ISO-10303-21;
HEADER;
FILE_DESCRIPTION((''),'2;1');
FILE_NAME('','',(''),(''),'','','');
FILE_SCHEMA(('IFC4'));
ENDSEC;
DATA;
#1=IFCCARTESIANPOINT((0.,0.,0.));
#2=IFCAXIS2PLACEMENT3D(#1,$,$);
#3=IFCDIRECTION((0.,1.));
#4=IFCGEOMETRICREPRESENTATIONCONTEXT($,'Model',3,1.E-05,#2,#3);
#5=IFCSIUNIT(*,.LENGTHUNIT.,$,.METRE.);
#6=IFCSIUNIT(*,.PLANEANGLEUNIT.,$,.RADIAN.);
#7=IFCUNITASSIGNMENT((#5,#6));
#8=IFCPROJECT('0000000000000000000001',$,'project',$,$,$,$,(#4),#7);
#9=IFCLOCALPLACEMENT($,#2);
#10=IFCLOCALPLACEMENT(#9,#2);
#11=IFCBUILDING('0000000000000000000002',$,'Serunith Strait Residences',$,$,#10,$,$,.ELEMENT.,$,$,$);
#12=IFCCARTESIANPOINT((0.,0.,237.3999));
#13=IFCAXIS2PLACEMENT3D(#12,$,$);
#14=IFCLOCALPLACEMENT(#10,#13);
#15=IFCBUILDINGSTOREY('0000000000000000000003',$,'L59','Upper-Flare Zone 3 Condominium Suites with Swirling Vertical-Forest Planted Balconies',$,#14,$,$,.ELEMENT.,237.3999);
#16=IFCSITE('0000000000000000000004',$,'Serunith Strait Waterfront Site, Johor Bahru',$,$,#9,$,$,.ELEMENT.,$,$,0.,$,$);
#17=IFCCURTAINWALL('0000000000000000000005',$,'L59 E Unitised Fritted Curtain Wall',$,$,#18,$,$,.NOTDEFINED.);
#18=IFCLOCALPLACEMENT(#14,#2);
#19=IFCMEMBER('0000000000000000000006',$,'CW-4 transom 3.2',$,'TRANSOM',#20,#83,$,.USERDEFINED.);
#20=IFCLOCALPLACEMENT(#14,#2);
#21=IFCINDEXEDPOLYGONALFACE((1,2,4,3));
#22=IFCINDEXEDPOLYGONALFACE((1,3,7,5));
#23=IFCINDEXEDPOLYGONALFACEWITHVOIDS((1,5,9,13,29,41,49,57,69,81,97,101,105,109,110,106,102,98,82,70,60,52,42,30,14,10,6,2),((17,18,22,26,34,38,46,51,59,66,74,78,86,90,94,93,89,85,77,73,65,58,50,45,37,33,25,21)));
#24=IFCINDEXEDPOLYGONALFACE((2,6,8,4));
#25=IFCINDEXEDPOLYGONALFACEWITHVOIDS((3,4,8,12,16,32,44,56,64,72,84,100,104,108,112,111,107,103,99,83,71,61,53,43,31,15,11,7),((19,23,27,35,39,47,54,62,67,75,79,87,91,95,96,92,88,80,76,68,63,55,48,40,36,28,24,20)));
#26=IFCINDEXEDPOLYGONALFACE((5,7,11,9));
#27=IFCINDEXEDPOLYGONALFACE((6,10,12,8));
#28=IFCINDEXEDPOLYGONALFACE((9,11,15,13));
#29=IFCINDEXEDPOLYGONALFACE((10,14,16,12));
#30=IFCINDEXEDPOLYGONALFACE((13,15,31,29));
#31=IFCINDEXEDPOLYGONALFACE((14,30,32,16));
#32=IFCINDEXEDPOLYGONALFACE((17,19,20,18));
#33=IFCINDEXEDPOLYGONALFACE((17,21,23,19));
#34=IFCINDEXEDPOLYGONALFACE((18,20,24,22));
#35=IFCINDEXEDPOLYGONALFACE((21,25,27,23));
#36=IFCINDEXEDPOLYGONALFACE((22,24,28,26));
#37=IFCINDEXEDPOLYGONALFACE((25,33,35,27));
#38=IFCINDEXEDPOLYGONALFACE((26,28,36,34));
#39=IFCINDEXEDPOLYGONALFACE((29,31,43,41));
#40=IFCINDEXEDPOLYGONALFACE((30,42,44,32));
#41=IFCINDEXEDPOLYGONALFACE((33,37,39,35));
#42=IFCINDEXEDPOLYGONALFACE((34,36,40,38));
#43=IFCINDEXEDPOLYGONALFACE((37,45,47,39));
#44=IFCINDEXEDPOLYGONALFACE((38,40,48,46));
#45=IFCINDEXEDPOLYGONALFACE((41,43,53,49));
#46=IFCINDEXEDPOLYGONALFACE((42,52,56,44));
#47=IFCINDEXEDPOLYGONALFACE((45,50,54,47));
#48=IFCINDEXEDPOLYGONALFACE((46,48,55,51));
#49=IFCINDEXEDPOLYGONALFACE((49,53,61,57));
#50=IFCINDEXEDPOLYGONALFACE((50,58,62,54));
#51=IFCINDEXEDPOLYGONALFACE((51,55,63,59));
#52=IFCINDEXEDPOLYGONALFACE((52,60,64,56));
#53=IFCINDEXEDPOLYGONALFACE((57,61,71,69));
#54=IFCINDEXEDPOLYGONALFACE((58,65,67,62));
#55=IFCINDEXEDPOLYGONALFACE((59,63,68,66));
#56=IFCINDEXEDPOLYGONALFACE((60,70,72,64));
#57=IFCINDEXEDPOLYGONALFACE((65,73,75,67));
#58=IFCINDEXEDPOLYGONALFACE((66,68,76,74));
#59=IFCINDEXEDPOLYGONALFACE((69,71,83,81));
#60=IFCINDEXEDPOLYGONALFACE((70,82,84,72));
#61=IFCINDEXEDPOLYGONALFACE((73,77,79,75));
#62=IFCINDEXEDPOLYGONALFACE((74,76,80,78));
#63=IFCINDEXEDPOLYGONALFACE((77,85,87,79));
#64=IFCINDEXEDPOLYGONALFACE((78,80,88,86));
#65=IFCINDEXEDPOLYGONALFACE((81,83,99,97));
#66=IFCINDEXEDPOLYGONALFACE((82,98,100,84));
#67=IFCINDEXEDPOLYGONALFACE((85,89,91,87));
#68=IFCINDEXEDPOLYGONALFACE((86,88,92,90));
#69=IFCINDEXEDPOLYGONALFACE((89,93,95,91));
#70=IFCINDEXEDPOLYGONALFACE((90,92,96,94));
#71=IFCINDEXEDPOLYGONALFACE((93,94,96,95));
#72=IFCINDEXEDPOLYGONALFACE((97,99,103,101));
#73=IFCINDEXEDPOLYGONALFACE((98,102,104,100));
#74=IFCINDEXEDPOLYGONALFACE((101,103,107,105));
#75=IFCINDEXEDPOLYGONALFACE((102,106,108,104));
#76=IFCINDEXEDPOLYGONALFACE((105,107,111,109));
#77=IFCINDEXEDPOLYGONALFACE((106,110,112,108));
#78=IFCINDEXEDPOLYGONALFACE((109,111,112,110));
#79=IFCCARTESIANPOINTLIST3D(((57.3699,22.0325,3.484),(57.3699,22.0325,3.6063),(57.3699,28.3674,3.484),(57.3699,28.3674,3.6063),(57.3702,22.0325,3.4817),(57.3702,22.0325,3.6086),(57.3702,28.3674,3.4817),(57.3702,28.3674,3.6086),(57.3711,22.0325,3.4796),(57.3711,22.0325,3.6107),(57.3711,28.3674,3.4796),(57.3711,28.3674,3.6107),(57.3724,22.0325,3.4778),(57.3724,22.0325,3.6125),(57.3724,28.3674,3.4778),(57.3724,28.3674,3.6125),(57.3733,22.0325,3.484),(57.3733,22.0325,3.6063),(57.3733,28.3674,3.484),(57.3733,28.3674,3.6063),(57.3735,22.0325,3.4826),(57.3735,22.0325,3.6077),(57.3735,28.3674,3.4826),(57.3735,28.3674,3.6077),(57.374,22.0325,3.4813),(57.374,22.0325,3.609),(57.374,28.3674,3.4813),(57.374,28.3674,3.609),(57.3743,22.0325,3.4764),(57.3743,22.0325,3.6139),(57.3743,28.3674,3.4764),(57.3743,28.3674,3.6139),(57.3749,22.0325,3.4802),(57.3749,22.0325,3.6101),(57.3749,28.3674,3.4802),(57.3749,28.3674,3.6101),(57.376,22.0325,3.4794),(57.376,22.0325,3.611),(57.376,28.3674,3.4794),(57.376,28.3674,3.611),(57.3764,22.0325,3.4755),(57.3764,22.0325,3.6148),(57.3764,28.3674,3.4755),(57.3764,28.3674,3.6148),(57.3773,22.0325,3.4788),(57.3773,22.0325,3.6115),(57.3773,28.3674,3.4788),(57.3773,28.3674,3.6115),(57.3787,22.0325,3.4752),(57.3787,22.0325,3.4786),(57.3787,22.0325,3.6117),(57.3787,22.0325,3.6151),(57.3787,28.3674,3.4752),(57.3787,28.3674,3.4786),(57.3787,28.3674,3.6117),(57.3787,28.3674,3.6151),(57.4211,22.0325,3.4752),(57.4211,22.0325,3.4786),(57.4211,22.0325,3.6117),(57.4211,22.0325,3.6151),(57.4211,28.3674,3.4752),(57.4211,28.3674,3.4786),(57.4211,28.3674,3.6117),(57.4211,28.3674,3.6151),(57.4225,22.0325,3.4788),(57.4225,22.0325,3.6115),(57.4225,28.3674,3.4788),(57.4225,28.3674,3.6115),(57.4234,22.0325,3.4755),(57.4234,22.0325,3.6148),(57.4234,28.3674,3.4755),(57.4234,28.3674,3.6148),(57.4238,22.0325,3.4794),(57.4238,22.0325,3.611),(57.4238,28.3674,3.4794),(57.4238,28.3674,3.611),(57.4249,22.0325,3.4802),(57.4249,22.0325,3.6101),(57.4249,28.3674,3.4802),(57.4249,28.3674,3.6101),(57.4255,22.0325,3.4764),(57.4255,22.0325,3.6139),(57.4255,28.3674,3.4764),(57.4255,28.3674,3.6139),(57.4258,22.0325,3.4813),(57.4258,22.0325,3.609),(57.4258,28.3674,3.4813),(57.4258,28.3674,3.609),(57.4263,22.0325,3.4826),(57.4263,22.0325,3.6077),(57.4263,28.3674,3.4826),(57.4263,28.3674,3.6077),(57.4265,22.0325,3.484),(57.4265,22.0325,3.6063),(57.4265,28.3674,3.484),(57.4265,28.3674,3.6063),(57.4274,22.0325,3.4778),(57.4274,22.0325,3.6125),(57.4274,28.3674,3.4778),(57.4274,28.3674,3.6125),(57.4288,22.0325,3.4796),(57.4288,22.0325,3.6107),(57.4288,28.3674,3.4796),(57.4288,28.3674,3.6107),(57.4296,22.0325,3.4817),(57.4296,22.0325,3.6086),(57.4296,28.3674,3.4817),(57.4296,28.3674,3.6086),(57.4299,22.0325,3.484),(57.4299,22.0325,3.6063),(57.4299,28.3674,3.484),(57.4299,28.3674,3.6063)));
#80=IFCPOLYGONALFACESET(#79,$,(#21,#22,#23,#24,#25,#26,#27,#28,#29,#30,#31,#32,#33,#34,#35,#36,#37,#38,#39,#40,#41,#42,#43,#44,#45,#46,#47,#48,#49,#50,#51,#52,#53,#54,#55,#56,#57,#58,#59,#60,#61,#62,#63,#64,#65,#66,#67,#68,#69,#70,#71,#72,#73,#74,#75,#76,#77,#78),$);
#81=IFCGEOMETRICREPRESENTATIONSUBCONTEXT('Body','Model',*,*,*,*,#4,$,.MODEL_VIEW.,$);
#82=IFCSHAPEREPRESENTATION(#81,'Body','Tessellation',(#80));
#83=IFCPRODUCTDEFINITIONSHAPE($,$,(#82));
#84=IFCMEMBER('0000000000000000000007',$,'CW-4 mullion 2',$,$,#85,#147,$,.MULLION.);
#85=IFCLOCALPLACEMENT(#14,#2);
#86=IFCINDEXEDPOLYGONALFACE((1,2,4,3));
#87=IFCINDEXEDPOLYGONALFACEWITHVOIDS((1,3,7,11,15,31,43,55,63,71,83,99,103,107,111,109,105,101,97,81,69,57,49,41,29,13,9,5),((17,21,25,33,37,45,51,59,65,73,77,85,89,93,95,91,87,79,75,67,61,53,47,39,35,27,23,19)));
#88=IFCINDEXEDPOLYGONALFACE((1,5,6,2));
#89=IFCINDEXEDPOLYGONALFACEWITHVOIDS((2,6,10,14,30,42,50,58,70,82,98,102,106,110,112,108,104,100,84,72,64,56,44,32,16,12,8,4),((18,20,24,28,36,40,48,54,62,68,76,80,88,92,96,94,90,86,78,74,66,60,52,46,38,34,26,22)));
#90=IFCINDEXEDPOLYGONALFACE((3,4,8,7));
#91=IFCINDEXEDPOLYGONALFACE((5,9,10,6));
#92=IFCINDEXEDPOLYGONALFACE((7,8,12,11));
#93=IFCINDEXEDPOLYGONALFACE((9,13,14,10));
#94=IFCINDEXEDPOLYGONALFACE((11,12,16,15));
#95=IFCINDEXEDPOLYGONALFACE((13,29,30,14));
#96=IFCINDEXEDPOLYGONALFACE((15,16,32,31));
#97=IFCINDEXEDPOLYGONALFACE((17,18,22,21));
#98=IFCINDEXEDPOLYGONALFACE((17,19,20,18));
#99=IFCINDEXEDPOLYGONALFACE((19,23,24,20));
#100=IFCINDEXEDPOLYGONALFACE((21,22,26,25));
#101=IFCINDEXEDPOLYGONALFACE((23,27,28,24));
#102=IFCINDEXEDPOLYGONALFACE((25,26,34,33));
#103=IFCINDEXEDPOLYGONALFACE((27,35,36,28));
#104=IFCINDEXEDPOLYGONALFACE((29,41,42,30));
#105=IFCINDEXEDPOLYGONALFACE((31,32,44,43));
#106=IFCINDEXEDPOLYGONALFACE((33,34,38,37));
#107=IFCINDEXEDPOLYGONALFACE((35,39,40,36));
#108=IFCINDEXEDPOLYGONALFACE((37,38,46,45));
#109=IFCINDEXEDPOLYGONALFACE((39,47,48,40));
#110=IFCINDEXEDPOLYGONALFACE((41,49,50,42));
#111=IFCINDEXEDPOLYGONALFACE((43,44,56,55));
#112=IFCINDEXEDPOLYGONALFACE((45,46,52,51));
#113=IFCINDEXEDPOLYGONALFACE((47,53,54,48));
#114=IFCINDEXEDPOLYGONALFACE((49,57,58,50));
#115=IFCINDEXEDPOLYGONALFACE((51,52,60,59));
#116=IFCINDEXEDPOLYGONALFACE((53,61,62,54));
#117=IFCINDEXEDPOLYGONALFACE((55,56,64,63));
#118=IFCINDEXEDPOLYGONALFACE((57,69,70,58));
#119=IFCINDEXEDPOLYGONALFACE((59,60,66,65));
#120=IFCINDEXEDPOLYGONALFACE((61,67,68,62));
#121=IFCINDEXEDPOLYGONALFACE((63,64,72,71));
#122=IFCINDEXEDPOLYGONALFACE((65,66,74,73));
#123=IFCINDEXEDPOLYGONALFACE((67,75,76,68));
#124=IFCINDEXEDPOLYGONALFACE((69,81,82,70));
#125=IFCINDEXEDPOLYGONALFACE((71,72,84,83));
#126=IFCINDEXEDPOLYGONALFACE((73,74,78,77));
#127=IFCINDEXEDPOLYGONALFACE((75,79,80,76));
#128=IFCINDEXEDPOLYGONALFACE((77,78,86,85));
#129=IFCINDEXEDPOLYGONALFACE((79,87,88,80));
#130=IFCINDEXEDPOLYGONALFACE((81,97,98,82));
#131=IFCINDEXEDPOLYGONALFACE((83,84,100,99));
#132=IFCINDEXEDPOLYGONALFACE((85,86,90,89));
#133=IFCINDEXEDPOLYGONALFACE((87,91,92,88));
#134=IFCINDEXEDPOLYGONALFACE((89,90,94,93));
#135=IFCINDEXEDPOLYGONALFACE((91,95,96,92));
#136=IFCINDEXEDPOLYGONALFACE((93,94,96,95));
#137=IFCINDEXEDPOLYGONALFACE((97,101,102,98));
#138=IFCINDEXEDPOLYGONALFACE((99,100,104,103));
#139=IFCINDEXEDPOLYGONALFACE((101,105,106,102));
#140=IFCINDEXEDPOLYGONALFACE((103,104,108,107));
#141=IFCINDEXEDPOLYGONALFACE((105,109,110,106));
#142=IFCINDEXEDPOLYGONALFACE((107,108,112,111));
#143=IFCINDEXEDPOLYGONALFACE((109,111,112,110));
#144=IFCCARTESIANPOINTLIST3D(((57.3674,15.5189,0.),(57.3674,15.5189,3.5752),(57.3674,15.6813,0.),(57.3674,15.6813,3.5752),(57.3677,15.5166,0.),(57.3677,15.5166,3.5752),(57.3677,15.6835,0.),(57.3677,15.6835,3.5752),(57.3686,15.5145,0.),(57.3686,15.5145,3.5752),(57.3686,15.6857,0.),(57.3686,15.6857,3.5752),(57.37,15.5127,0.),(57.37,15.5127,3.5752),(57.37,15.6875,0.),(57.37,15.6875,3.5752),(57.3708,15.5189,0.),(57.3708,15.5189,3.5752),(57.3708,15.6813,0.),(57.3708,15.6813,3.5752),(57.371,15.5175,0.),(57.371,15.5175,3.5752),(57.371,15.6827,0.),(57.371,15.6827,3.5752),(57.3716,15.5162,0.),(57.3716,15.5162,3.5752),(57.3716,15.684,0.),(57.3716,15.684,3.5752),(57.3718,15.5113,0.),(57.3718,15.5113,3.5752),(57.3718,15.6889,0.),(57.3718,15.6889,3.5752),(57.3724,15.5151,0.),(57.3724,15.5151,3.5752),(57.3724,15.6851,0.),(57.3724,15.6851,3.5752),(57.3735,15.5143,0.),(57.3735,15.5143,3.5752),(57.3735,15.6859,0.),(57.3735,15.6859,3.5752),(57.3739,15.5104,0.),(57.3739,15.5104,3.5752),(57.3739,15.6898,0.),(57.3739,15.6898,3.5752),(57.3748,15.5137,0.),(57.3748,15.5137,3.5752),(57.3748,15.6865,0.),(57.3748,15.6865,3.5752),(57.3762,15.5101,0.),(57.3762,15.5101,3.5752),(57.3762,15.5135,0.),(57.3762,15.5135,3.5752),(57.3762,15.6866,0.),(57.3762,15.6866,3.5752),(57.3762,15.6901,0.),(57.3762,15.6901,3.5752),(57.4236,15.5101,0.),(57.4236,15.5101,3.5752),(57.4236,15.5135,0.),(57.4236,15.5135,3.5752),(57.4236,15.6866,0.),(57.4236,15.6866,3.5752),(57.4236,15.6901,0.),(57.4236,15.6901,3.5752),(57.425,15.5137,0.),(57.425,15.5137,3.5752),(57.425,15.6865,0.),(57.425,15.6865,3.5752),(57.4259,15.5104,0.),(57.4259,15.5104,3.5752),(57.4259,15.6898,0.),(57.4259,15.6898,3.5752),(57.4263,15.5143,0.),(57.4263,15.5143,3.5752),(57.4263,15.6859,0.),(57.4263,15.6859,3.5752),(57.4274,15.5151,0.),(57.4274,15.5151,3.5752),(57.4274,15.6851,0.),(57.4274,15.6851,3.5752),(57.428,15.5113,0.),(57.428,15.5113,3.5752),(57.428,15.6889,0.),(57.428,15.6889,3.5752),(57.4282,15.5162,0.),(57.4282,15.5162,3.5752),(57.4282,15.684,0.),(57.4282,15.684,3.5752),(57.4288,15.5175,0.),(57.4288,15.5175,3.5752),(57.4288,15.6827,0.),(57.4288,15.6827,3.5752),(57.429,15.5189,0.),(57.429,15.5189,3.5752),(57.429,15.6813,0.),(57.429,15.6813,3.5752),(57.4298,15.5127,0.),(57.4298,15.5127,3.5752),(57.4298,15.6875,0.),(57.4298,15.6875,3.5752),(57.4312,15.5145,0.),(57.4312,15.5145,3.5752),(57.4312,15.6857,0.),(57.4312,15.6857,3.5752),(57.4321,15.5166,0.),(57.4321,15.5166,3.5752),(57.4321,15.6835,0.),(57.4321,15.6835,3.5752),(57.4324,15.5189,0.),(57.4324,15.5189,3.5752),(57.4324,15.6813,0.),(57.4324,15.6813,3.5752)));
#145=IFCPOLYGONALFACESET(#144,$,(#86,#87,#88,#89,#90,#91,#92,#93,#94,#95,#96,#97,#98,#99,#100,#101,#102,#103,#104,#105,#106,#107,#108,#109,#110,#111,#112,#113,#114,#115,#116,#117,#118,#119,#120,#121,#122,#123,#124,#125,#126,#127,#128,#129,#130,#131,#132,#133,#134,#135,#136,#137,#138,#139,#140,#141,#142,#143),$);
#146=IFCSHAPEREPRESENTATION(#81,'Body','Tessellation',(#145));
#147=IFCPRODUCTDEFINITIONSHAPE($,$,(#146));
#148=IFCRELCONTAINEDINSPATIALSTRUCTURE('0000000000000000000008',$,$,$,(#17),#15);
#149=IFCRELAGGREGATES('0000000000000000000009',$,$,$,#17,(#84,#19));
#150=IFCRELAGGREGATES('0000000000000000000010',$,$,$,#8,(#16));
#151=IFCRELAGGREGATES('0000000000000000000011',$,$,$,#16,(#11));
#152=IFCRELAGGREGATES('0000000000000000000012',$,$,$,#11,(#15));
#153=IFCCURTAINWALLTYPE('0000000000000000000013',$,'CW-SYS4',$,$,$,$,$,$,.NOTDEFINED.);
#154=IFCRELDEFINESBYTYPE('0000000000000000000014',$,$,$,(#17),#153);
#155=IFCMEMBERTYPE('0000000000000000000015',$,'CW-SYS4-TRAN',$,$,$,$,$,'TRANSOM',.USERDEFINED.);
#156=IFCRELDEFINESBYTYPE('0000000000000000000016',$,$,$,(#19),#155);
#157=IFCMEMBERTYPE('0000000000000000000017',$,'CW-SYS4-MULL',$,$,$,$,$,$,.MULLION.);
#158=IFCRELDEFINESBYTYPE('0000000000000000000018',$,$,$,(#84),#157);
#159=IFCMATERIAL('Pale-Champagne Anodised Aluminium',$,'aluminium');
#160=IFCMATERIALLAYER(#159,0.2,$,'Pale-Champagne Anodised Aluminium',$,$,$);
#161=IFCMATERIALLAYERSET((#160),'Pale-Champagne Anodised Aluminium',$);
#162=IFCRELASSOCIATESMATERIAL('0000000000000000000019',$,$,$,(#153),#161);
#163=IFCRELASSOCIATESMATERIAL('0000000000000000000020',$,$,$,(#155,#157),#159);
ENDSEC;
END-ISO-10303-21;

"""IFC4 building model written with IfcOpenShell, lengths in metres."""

from ifc_helpers import new_model, si_unit, direction, frame, origin, origin_2d, place, context, subcontext, project, spatial, hollow_rectangle, extrude, source, transform, mapped, material, layer, layer_set, material_profile, profile_set, type_object, element, aggregate, save


model = new_model("IFC4")

# Units and contexts
model_context = context("Model", 3, precision=1e-05, world=origin(), true_north=direction((0.0, 1.0)))
body_context = subcontext(model_context, "Body", "Model", "MODEL_VIEW")
ifc_project = project(units=[si_unit("LENGTHUNIT", "METRE"), si_unit("PLANEANGLEUNIT", "RADIAN")], contexts=[model_context])

# Site, building, storey
site_placement = place(None, origin())
site = spatial("IfcSite", under=ifc_project, at=site_placement, Name="Serunith Strait Waterfront Site, Johor Bahru", CompositionType="ELEMENT", RefElevation=0.0)
building_placement = place(site_placement, origin())
building = spatial("IfcBuilding", under=site, at=building_placement, Name="Serunith Strait Residences", CompositionType="ELEMENT")
storey_placement = place(building_placement, frame((0.0, 0.0, 237.3999)))
storey = spatial("IfcBuildingStorey", under=building, at=storey_placement, Name="L59", Description="Upper-Flare Zone 3 Condominium Suites with Swirling Vertical-Forest Planted Balconies", CompositionType="ELEMENT", Elevation=237.3999)

# Curtain wall, members
ifc_material_1 = material(Name="Pale-Champagne Anodised Aluminium", Category="aluminium")
ifc_layer_1 = layer(ifc_material_1, 0.2, Name="Pale-Champagne Anodised Aluminium")
ifc_layer_set_1 = layer_set([ifc_layer_1], Name="Pale-Champagne Anodised Aluminium")
curtain_wall_type = type_object("IfcCurtainWallType", Name="CW-SYS4", PredefinedType="NOTDEFINED", material=ifc_layer_set_1)
curtain_wall_placement = place(storey_placement, origin())
curtain_wall = element("IfcCurtainWall", 1, at=curtain_wall_placement, inside=storey, type_object=curtain_wall_type, Name="L59 E Unitised Fritted Curtain Wall", PredefinedType="NOTDEFINED")
ifc_material_profile_1 = material_profile(ifc_material_1, hollow_rectangle(XDim=0.0601, YDim=0.1399, WallThickness=0.0034, InnerFilletRadius=0.0054, OuterFilletRadius=0.0088, at=origin_2d()), Name="ALU 140x60x3.5")
ifc_profile_set_1 = profile_set([ifc_material_profile_1], Name="Pale-Champagne Anodised Aluminium")
member_type_1 = type_object("IfcMemberType", Name="CW-SYS4-TRAN", ElementType="TRANSOM", PredefinedType="USERDEFINED", material=ifc_profile_set_1)
shared_shape_1 = source(origin(), body_context, "Body", "SweptSolid", [
    extrude(hollow_rectangle(XDim=0.0601, YDim=0.1399, WallThickness=0.0034, InnerFilletRadius=0.0054, OuterFilletRadius=0.0088, at=origin_2d()), origin(), (0.0, 0.0, 1.0), 6.335),
])
member_1_placement = place(storey_placement, frame((57.3999, 22.0325, 3.5452), z_axis=(0.0, 1.0, 0.0), x_axis=(-1.0, 0.0, 0.0)))
member_1 = element("IfcMember", 2, at=member_1_placement, type_object=member_type_1, Name="CW-4 transom 3.2", ObjectType="TRANSOM", PredefinedType="USERDEFINED", context=body_context, shape_type="MappedRepresentation", body=[
    mapped(shared_shape_1, transform((0.0, 0.0, 0.0), scale=1.0)),
])
ifc_material_profile_2 = material_profile(ifc_material_1, hollow_rectangle(XDim=0.0649, YDim=0.1799, WallThickness=0.0034, InnerFilletRadius=0.0054, OuterFilletRadius=0.0088, at=origin_2d()), Name="ALU 180x65x3.5")
ifc_profile_set_2 = profile_set([ifc_material_profile_2], Name="Pale-Champagne Anodised Aluminium")
member_type_2 = type_object("IfcMemberType", Name="CW-SYS4-MULL", PredefinedType="MULLION", material=ifc_profile_set_2)
shared_shape_2 = source(origin(), body_context, "Body", "SweptSolid", [
    extrude(hollow_rectangle(XDim=0.0649, YDim=0.1799, WallThickness=0.0034, InnerFilletRadius=0.0054, OuterFilletRadius=0.0088, at=origin_2d()), origin(), (0.0, 0.0, 1.0), 3.5752),
])
member_2_placement = place(storey_placement, frame((57.3999, 15.6001, 0.0), z_axis=(0.0, 0.0, 1.0), x_axis=(-1.0, 0.0, 0.0)))
member_2 = element("IfcMember", 3, at=member_2_placement, type_object=member_type_2, Name="CW-4 mullion 2", PredefinedType="MULLION", context=body_context, shape_type="MappedRepresentation", body=[
    mapped(shared_shape_2, transform((0.0, 0.0, 0.0), scale=1.0)),
])
aggregate(curtain_wall, [member_2, member_1])

save(model, "model.ifc")
